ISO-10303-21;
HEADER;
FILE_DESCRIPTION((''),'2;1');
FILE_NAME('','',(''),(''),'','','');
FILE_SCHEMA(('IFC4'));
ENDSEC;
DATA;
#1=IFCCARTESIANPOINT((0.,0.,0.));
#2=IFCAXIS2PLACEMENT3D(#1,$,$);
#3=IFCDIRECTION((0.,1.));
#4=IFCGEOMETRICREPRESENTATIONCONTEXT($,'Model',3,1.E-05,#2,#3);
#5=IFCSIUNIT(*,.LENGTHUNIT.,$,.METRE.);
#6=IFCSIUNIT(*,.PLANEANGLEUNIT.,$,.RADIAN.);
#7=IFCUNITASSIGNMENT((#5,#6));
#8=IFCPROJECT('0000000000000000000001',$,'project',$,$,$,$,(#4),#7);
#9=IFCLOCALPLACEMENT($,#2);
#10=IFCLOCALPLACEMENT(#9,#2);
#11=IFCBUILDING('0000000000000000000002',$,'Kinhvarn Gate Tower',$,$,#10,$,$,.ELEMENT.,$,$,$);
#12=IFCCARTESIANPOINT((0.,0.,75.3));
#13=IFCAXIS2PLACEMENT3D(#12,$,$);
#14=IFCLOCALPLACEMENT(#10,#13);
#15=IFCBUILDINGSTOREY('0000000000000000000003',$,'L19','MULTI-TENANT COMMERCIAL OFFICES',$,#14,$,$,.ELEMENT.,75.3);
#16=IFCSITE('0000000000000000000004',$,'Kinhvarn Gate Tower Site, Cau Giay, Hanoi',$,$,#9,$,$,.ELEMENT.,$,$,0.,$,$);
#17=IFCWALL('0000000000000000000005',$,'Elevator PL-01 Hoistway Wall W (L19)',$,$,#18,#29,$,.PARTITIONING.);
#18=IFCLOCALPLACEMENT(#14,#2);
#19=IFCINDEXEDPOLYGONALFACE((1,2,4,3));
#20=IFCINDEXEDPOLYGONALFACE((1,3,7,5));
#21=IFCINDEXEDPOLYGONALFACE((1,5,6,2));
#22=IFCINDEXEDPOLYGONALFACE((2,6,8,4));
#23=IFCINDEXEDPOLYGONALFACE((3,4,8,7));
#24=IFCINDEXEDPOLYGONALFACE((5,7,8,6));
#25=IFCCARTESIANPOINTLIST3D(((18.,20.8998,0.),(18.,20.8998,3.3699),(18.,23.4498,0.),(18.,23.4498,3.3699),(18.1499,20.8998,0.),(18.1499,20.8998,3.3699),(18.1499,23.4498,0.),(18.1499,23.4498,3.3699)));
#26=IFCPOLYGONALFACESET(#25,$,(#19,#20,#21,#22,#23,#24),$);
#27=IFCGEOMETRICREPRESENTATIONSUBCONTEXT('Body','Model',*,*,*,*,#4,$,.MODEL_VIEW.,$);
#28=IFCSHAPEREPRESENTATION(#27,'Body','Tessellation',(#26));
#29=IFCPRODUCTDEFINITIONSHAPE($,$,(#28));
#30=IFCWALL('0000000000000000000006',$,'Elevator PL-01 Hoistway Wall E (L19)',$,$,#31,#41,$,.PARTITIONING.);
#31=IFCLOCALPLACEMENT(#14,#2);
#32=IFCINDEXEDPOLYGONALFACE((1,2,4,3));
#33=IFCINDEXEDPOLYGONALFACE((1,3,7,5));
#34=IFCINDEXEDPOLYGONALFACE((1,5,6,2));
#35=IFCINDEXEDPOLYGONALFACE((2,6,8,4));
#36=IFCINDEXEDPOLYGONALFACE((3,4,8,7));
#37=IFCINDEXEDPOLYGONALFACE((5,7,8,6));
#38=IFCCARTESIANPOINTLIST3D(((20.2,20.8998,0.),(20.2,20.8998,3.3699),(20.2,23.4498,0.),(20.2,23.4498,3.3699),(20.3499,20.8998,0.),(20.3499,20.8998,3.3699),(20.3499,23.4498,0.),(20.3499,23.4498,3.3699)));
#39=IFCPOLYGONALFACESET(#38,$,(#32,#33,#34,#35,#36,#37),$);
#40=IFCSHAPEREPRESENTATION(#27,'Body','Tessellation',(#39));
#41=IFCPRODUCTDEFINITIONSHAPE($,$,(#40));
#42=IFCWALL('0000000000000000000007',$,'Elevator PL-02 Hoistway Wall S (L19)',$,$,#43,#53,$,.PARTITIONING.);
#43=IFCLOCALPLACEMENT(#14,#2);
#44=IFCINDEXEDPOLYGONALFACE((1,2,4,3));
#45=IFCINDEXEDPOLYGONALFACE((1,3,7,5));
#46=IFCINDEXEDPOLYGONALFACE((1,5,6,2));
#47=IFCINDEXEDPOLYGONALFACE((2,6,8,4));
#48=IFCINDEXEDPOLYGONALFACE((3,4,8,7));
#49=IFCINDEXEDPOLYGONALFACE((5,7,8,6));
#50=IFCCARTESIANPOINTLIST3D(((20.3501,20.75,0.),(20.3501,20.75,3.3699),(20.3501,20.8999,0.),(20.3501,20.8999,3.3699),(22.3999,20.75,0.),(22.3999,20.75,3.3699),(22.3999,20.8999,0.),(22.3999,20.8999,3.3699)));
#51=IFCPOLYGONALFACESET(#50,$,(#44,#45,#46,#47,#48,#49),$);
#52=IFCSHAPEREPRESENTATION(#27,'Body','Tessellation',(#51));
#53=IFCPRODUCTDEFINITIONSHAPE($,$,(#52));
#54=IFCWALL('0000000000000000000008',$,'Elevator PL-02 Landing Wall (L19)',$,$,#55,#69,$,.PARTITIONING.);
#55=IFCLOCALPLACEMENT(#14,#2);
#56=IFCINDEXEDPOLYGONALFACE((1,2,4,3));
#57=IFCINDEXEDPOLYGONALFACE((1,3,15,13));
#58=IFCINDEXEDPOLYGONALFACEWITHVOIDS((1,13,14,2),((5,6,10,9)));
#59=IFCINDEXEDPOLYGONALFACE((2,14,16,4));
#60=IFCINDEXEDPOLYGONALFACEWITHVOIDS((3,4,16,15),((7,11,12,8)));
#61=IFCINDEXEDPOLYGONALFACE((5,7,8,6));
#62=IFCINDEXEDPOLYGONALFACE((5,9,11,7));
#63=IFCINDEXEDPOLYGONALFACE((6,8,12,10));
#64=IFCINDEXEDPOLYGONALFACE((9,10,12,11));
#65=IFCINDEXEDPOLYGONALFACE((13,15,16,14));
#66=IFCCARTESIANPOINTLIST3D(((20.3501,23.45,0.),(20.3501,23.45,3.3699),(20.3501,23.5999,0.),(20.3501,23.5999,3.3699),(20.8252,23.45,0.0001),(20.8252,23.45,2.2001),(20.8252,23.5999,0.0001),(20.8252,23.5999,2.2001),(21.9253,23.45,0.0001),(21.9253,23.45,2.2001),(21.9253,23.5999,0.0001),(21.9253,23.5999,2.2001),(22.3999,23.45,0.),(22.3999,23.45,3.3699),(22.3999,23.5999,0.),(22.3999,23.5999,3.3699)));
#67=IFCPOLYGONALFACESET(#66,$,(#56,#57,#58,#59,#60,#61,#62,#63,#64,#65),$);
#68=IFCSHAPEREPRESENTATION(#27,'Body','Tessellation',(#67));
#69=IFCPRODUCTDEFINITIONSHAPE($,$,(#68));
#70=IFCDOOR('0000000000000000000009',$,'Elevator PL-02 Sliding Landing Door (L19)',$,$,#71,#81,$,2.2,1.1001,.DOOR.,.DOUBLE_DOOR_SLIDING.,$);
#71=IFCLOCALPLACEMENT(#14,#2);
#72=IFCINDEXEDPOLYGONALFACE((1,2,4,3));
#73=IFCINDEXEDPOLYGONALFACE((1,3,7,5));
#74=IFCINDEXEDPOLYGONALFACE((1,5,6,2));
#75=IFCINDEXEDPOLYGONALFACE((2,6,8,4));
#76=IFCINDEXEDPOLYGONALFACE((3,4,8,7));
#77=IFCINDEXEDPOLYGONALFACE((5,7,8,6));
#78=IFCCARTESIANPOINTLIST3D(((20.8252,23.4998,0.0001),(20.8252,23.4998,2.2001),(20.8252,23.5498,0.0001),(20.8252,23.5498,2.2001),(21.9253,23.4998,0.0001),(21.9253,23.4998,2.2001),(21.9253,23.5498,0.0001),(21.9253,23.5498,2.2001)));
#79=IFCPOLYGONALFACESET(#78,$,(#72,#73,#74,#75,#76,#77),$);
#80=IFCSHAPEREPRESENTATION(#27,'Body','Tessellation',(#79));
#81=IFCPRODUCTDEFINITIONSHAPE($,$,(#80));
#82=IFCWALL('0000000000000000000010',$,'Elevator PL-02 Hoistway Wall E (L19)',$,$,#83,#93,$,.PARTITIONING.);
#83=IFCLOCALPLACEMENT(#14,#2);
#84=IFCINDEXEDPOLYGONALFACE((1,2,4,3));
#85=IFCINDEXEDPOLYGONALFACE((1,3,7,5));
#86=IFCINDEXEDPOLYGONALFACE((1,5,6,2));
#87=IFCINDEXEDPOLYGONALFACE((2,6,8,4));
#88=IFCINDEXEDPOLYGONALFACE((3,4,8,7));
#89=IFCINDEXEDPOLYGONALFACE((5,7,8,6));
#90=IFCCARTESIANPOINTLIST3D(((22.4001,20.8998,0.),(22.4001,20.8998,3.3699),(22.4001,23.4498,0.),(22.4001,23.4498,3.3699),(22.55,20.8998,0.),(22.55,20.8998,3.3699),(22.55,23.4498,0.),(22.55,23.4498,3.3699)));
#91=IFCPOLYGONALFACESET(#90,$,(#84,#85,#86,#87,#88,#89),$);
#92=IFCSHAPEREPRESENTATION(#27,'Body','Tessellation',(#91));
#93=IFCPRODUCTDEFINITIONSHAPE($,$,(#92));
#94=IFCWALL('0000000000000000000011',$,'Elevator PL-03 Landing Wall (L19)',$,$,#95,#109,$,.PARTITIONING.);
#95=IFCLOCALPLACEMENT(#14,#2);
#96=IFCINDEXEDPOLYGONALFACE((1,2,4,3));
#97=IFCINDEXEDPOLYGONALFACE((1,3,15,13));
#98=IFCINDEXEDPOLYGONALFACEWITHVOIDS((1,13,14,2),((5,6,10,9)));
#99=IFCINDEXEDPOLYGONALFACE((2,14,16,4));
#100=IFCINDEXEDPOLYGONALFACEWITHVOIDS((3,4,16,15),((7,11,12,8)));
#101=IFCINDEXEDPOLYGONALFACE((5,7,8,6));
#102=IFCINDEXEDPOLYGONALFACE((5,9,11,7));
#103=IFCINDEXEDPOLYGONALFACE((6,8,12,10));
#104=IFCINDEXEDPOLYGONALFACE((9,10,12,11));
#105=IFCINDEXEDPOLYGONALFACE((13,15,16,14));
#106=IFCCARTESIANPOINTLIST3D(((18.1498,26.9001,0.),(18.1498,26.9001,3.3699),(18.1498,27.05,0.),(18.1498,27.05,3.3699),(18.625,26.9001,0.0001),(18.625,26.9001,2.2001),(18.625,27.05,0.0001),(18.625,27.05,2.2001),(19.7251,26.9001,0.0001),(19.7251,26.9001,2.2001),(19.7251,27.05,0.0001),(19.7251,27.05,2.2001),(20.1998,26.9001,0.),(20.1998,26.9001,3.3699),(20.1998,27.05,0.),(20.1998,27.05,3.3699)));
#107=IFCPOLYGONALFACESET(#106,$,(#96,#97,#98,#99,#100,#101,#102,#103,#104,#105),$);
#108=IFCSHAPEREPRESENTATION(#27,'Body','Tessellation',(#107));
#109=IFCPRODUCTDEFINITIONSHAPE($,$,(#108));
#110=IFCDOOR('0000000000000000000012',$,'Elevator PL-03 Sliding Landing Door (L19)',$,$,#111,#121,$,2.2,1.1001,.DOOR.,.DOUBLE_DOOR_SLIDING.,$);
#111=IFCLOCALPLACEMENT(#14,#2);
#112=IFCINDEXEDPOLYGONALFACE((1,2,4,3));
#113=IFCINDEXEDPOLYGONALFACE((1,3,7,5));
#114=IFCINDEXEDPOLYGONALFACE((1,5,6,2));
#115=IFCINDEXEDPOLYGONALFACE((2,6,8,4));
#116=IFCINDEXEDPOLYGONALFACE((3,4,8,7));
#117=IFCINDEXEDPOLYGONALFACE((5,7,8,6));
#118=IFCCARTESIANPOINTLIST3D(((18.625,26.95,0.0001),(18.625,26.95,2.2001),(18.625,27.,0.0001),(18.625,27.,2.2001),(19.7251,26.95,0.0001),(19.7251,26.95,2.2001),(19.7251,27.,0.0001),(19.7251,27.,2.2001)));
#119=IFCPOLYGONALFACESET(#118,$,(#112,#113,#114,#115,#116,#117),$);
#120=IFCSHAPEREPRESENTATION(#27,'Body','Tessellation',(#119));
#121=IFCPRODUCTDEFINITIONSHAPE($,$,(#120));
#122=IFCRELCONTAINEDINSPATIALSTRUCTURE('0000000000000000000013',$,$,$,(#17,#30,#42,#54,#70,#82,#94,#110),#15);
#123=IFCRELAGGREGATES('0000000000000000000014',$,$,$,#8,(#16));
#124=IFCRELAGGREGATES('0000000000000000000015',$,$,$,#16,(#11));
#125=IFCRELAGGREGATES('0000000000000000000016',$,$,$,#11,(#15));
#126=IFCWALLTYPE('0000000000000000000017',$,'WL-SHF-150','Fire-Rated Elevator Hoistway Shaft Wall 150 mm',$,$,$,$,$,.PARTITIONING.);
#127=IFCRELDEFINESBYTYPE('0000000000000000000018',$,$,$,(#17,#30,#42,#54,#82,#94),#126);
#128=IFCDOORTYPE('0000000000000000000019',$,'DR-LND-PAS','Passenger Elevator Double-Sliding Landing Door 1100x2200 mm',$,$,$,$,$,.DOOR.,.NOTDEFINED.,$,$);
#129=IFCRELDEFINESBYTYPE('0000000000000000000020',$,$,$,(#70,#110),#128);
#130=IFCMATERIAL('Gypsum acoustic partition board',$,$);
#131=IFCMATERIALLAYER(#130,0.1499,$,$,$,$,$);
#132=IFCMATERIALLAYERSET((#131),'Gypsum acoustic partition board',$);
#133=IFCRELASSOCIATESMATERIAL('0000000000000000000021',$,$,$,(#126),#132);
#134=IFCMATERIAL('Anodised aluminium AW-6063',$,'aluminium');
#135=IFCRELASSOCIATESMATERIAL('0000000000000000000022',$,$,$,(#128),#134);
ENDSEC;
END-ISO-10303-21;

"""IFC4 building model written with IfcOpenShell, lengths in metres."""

from ifc_helpers import new_model, si_unit, direction, frame, frame_2d, origin, place, context, subcontext, project, spatial, rectangle, extrude, material, layer, layer_set, type_object, element, fill, save


model = new_model("IFC4")

# Units and contexts
model_context = context("Model", 3, precision=1e-05, world=origin(), true_north=direction((0.0, 1.0)))
body_context = subcontext(model_context, "Body", "Model", "MODEL_VIEW")
ifc_project = project(units=[si_unit("LENGTHUNIT", "METRE"), si_unit("PLANEANGLEUNIT", "RADIAN")], contexts=[model_context])

# Site, building, storey
site_placement = place(None, origin())
site = spatial("IfcSite", under=ifc_project, at=site_placement, Name="Kinhvarn Gate Tower Site, Cau Giay, Hanoi", CompositionType="ELEMENT", RefElevation=0.0)
building_placement = place(site_placement, origin())
building = spatial("IfcBuilding", under=site, at=building_placement, Name="Kinhvarn Gate Tower", CompositionType="ELEMENT")
storey_placement = place(building_placement, frame((0.0, 0.0, 75.3)))
storey = spatial("IfcBuildingStorey", under=building, at=storey_placement, Name="L19", Description="MULTI-TENANT COMMERCIAL OFFICES", CompositionType="ELEMENT", Elevation=75.3)

# Shared definitions
ifc_material_1 = material(Name="Gypsum acoustic partition board")
ifc_layer_1 = layer(ifc_material_1, 0.1499)
ifc_layer_set_1 = layer_set([ifc_layer_1], Name="Gypsum acoustic partition board")
wall_type_1 = type_object("IfcWallType", Name="WL-SHF-150", Description="Fire-Rated Elevator Hoistway Shaft Wall 150 mm", PredefinedType="PARTITIONING", material=ifc_layer_set_1)

# Shared definitions
ifc_material_2 = material(Name="Anodised aluminium AW-6063", Category="aluminium")
door_type = type_object("IfcDoorType", Name="DR-LND-PAS", Description="Passenger Elevator Double-Sliding Landing Door 1100x2200 mm", OperationType="NOTDEFINED", PredefinedType="DOOR", material=ifc_material_2)

# Walls
for number, where, z_axis, x_axis, name in (
    (1, (18.075, 20.8999, 0.0), (0.0, 0.0, 1.0), (0.0, 1.0, 0.0), "Elevator PL-01 Hoistway Wall W (L19)"),
    (2, (20.2749, 20.8999, 0.0), (0.0, 0.0, 1.0), (0.0, 1.0, 0.0), "Elevator PL-01 Hoistway Wall E (L19)"),
):
    element("IfcWall", number, at=place(storey_placement, frame(where, z_axis=z_axis, x_axis=x_axis)), inside=storey, type_object=wall_type_1, Name=name, PredefinedType="PARTITIONING", context=body_context, shape_type="SweptSolid", body=[
        extrude(rectangle(XDim=2.55, YDim=0.1499, at=frame_2d((1.2749, 0.0))), origin(), (0.0, 0.0, 1.0), 3.3699),
    ])
wall_1_placement = place(storey_placement, frame((20.3501, 20.825, 0.0), z_axis=(0.0, 0.0, 1.0), x_axis=(1.0, 0.0, 0.0)))
element("IfcWall", 3, at=wall_1_placement, inside=storey, type_object=wall_type_1, Name="Elevator PL-02 Hoistway Wall S (L19)", PredefinedType="PARTITIONING", context=body_context, shape_type="SweptSolid", body=[
    extrude(rectangle(XDim=2.0498, YDim=0.1499, at=frame_2d((1.0249, 0.0))), origin(), (0.0, 0.0, 1.0), 3.3699),
])

# Wall, opening, door
wall_2_placement = place(storey_placement, frame((20.3501, 23.5249, 0.0), z_axis=(0.0, 0.0, 1.0), x_axis=(1.0, 0.0, 0.0)))
wall_2 = element("IfcWall", 4, at=wall_2_placement, inside=storey, type_object=wall_type_1, Name="Elevator PL-02 Landing Wall (L19)", PredefinedType="PARTITIONING", context=body_context, shape_type="SweptSolid", body=[
    extrude(rectangle(XDim=2.0498, YDim=0.1499, at=frame_2d((1.0249, 0.0))), origin(), (0.0, 0.0, 1.0), 3.3699),
])
opening_1_placement = place(wall_2_placement, frame((0.4751, 0.0, 0.0)))
opening_1 = element("IfcOpeningElement", 5, at=opening_1_placement, cuts=wall_2, PredefinedType="OPENING", context=body_context, shape_type="SweptSolid", body=[
    extrude(rectangle(XDim=1.1001, YDim=2.2, at=frame_2d((0.55, 1.1001))), frame((0.0, 0.085, 0.0), z_axis=(0.0, -1.0, 0.0), x_axis=(1.0, 0.0, 0.0)), (0.0, 0.0, 1.0), 0.1699),
])
door_1_placement = place(opening_1_placement, origin())
door_1 = element("IfcDoor", 6, at=door_1_placement, inside=storey, type_object=door_type, Name="Elevator PL-02 Sliding Landing Door (L19)", OperationType="DOUBLE_DOOR_SLIDING", OverallHeight=2.2, OverallWidth=1.1001, PredefinedType="DOOR", context=body_context, shape_type="SweptSolid", body=[
    extrude(rectangle(XDim=1.1001, YDim=2.2, at=frame_2d((0.55, 1.1001))), frame((0.0, 0.0249, 0.0), z_axis=(0.0, -1.0, 0.0), x_axis=(1.0, 0.0, 0.0)), (0.0, 0.0, 1.0), 0.05),
])
fill(opening_1, door_1)

# Wall
wall_3_placement = place(storey_placement, frame((22.4751, 20.8999, 0.0), z_axis=(0.0, 0.0, 1.0), x_axis=(0.0, 1.0, 0.0)))
element("IfcWall", 7, at=wall_3_placement, inside=storey, type_object=wall_type_1, Name="Elevator PL-02 Hoistway Wall E (L19)", PredefinedType="PARTITIONING", context=body_context, shape_type="SweptSolid", body=[
    extrude(rectangle(XDim=2.55, YDim=0.1499, at=frame_2d((1.2749, 0.0))), origin(), (0.0, 0.0, 1.0), 3.3699),
])

# Wall, opening, door
wall_4_placement = place(storey_placement, frame((18.1499, 26.9751, 0.0), z_axis=(0.0, 0.0, 1.0), x_axis=(1.0, 0.0, 0.0)))
wall_4 = element("IfcWall", 8, at=wall_4_placement, inside=storey, type_object=wall_type_1, Name="Elevator PL-03 Landing Wall (L19)", PredefinedType="PARTITIONING", context=body_context, shape_type="SweptSolid", body=[
    extrude(rectangle(XDim=2.05, YDim=0.1499, at=frame_2d((1.0249, 0.0))), origin(), (0.0, 0.0, 1.0), 3.3699),
])
opening_2_placement = place(wall_4_placement, frame((0.4751, 0.0, 0.0)))
opening_2 = element("IfcOpeningElement", 9, at=opening_2_placement, cuts=wall_4, PredefinedType="OPENING", context=body_context, shape_type="SweptSolid", body=[
    extrude(rectangle(XDim=1.1001, YDim=2.2, at=frame_2d((0.55, 1.1001))), frame((0.0, 0.085, 0.0), z_axis=(0.0, -1.0, 0.0), x_axis=(1.0, 0.0, 0.0)), (0.0, 0.0, 1.0), 0.1699),
])
door_2_placement = place(opening_2_placement, origin())
door_2 = element("IfcDoor", 10, at=door_2_placement, inside=storey, type_object=door_type, Name="Elevator PL-03 Sliding Landing Door (L19)", OperationType="DOUBLE_DOOR_SLIDING", OverallHeight=2.2, OverallWidth=1.1001, PredefinedType="DOOR", context=body_context, shape_type="SweptSolid", body=[
    extrude(rectangle(XDim=1.1001, YDim=2.2, at=frame_2d((0.55, 1.1001))), frame((0.0, 0.0249, 0.0), z_axis=(0.0, -1.0, 0.0), x_axis=(1.0, 0.0, 0.0)), (0.0, 0.0, 1.0), 0.05),
])
fill(opening_2, door_2)

save(model, "model.ifc")
